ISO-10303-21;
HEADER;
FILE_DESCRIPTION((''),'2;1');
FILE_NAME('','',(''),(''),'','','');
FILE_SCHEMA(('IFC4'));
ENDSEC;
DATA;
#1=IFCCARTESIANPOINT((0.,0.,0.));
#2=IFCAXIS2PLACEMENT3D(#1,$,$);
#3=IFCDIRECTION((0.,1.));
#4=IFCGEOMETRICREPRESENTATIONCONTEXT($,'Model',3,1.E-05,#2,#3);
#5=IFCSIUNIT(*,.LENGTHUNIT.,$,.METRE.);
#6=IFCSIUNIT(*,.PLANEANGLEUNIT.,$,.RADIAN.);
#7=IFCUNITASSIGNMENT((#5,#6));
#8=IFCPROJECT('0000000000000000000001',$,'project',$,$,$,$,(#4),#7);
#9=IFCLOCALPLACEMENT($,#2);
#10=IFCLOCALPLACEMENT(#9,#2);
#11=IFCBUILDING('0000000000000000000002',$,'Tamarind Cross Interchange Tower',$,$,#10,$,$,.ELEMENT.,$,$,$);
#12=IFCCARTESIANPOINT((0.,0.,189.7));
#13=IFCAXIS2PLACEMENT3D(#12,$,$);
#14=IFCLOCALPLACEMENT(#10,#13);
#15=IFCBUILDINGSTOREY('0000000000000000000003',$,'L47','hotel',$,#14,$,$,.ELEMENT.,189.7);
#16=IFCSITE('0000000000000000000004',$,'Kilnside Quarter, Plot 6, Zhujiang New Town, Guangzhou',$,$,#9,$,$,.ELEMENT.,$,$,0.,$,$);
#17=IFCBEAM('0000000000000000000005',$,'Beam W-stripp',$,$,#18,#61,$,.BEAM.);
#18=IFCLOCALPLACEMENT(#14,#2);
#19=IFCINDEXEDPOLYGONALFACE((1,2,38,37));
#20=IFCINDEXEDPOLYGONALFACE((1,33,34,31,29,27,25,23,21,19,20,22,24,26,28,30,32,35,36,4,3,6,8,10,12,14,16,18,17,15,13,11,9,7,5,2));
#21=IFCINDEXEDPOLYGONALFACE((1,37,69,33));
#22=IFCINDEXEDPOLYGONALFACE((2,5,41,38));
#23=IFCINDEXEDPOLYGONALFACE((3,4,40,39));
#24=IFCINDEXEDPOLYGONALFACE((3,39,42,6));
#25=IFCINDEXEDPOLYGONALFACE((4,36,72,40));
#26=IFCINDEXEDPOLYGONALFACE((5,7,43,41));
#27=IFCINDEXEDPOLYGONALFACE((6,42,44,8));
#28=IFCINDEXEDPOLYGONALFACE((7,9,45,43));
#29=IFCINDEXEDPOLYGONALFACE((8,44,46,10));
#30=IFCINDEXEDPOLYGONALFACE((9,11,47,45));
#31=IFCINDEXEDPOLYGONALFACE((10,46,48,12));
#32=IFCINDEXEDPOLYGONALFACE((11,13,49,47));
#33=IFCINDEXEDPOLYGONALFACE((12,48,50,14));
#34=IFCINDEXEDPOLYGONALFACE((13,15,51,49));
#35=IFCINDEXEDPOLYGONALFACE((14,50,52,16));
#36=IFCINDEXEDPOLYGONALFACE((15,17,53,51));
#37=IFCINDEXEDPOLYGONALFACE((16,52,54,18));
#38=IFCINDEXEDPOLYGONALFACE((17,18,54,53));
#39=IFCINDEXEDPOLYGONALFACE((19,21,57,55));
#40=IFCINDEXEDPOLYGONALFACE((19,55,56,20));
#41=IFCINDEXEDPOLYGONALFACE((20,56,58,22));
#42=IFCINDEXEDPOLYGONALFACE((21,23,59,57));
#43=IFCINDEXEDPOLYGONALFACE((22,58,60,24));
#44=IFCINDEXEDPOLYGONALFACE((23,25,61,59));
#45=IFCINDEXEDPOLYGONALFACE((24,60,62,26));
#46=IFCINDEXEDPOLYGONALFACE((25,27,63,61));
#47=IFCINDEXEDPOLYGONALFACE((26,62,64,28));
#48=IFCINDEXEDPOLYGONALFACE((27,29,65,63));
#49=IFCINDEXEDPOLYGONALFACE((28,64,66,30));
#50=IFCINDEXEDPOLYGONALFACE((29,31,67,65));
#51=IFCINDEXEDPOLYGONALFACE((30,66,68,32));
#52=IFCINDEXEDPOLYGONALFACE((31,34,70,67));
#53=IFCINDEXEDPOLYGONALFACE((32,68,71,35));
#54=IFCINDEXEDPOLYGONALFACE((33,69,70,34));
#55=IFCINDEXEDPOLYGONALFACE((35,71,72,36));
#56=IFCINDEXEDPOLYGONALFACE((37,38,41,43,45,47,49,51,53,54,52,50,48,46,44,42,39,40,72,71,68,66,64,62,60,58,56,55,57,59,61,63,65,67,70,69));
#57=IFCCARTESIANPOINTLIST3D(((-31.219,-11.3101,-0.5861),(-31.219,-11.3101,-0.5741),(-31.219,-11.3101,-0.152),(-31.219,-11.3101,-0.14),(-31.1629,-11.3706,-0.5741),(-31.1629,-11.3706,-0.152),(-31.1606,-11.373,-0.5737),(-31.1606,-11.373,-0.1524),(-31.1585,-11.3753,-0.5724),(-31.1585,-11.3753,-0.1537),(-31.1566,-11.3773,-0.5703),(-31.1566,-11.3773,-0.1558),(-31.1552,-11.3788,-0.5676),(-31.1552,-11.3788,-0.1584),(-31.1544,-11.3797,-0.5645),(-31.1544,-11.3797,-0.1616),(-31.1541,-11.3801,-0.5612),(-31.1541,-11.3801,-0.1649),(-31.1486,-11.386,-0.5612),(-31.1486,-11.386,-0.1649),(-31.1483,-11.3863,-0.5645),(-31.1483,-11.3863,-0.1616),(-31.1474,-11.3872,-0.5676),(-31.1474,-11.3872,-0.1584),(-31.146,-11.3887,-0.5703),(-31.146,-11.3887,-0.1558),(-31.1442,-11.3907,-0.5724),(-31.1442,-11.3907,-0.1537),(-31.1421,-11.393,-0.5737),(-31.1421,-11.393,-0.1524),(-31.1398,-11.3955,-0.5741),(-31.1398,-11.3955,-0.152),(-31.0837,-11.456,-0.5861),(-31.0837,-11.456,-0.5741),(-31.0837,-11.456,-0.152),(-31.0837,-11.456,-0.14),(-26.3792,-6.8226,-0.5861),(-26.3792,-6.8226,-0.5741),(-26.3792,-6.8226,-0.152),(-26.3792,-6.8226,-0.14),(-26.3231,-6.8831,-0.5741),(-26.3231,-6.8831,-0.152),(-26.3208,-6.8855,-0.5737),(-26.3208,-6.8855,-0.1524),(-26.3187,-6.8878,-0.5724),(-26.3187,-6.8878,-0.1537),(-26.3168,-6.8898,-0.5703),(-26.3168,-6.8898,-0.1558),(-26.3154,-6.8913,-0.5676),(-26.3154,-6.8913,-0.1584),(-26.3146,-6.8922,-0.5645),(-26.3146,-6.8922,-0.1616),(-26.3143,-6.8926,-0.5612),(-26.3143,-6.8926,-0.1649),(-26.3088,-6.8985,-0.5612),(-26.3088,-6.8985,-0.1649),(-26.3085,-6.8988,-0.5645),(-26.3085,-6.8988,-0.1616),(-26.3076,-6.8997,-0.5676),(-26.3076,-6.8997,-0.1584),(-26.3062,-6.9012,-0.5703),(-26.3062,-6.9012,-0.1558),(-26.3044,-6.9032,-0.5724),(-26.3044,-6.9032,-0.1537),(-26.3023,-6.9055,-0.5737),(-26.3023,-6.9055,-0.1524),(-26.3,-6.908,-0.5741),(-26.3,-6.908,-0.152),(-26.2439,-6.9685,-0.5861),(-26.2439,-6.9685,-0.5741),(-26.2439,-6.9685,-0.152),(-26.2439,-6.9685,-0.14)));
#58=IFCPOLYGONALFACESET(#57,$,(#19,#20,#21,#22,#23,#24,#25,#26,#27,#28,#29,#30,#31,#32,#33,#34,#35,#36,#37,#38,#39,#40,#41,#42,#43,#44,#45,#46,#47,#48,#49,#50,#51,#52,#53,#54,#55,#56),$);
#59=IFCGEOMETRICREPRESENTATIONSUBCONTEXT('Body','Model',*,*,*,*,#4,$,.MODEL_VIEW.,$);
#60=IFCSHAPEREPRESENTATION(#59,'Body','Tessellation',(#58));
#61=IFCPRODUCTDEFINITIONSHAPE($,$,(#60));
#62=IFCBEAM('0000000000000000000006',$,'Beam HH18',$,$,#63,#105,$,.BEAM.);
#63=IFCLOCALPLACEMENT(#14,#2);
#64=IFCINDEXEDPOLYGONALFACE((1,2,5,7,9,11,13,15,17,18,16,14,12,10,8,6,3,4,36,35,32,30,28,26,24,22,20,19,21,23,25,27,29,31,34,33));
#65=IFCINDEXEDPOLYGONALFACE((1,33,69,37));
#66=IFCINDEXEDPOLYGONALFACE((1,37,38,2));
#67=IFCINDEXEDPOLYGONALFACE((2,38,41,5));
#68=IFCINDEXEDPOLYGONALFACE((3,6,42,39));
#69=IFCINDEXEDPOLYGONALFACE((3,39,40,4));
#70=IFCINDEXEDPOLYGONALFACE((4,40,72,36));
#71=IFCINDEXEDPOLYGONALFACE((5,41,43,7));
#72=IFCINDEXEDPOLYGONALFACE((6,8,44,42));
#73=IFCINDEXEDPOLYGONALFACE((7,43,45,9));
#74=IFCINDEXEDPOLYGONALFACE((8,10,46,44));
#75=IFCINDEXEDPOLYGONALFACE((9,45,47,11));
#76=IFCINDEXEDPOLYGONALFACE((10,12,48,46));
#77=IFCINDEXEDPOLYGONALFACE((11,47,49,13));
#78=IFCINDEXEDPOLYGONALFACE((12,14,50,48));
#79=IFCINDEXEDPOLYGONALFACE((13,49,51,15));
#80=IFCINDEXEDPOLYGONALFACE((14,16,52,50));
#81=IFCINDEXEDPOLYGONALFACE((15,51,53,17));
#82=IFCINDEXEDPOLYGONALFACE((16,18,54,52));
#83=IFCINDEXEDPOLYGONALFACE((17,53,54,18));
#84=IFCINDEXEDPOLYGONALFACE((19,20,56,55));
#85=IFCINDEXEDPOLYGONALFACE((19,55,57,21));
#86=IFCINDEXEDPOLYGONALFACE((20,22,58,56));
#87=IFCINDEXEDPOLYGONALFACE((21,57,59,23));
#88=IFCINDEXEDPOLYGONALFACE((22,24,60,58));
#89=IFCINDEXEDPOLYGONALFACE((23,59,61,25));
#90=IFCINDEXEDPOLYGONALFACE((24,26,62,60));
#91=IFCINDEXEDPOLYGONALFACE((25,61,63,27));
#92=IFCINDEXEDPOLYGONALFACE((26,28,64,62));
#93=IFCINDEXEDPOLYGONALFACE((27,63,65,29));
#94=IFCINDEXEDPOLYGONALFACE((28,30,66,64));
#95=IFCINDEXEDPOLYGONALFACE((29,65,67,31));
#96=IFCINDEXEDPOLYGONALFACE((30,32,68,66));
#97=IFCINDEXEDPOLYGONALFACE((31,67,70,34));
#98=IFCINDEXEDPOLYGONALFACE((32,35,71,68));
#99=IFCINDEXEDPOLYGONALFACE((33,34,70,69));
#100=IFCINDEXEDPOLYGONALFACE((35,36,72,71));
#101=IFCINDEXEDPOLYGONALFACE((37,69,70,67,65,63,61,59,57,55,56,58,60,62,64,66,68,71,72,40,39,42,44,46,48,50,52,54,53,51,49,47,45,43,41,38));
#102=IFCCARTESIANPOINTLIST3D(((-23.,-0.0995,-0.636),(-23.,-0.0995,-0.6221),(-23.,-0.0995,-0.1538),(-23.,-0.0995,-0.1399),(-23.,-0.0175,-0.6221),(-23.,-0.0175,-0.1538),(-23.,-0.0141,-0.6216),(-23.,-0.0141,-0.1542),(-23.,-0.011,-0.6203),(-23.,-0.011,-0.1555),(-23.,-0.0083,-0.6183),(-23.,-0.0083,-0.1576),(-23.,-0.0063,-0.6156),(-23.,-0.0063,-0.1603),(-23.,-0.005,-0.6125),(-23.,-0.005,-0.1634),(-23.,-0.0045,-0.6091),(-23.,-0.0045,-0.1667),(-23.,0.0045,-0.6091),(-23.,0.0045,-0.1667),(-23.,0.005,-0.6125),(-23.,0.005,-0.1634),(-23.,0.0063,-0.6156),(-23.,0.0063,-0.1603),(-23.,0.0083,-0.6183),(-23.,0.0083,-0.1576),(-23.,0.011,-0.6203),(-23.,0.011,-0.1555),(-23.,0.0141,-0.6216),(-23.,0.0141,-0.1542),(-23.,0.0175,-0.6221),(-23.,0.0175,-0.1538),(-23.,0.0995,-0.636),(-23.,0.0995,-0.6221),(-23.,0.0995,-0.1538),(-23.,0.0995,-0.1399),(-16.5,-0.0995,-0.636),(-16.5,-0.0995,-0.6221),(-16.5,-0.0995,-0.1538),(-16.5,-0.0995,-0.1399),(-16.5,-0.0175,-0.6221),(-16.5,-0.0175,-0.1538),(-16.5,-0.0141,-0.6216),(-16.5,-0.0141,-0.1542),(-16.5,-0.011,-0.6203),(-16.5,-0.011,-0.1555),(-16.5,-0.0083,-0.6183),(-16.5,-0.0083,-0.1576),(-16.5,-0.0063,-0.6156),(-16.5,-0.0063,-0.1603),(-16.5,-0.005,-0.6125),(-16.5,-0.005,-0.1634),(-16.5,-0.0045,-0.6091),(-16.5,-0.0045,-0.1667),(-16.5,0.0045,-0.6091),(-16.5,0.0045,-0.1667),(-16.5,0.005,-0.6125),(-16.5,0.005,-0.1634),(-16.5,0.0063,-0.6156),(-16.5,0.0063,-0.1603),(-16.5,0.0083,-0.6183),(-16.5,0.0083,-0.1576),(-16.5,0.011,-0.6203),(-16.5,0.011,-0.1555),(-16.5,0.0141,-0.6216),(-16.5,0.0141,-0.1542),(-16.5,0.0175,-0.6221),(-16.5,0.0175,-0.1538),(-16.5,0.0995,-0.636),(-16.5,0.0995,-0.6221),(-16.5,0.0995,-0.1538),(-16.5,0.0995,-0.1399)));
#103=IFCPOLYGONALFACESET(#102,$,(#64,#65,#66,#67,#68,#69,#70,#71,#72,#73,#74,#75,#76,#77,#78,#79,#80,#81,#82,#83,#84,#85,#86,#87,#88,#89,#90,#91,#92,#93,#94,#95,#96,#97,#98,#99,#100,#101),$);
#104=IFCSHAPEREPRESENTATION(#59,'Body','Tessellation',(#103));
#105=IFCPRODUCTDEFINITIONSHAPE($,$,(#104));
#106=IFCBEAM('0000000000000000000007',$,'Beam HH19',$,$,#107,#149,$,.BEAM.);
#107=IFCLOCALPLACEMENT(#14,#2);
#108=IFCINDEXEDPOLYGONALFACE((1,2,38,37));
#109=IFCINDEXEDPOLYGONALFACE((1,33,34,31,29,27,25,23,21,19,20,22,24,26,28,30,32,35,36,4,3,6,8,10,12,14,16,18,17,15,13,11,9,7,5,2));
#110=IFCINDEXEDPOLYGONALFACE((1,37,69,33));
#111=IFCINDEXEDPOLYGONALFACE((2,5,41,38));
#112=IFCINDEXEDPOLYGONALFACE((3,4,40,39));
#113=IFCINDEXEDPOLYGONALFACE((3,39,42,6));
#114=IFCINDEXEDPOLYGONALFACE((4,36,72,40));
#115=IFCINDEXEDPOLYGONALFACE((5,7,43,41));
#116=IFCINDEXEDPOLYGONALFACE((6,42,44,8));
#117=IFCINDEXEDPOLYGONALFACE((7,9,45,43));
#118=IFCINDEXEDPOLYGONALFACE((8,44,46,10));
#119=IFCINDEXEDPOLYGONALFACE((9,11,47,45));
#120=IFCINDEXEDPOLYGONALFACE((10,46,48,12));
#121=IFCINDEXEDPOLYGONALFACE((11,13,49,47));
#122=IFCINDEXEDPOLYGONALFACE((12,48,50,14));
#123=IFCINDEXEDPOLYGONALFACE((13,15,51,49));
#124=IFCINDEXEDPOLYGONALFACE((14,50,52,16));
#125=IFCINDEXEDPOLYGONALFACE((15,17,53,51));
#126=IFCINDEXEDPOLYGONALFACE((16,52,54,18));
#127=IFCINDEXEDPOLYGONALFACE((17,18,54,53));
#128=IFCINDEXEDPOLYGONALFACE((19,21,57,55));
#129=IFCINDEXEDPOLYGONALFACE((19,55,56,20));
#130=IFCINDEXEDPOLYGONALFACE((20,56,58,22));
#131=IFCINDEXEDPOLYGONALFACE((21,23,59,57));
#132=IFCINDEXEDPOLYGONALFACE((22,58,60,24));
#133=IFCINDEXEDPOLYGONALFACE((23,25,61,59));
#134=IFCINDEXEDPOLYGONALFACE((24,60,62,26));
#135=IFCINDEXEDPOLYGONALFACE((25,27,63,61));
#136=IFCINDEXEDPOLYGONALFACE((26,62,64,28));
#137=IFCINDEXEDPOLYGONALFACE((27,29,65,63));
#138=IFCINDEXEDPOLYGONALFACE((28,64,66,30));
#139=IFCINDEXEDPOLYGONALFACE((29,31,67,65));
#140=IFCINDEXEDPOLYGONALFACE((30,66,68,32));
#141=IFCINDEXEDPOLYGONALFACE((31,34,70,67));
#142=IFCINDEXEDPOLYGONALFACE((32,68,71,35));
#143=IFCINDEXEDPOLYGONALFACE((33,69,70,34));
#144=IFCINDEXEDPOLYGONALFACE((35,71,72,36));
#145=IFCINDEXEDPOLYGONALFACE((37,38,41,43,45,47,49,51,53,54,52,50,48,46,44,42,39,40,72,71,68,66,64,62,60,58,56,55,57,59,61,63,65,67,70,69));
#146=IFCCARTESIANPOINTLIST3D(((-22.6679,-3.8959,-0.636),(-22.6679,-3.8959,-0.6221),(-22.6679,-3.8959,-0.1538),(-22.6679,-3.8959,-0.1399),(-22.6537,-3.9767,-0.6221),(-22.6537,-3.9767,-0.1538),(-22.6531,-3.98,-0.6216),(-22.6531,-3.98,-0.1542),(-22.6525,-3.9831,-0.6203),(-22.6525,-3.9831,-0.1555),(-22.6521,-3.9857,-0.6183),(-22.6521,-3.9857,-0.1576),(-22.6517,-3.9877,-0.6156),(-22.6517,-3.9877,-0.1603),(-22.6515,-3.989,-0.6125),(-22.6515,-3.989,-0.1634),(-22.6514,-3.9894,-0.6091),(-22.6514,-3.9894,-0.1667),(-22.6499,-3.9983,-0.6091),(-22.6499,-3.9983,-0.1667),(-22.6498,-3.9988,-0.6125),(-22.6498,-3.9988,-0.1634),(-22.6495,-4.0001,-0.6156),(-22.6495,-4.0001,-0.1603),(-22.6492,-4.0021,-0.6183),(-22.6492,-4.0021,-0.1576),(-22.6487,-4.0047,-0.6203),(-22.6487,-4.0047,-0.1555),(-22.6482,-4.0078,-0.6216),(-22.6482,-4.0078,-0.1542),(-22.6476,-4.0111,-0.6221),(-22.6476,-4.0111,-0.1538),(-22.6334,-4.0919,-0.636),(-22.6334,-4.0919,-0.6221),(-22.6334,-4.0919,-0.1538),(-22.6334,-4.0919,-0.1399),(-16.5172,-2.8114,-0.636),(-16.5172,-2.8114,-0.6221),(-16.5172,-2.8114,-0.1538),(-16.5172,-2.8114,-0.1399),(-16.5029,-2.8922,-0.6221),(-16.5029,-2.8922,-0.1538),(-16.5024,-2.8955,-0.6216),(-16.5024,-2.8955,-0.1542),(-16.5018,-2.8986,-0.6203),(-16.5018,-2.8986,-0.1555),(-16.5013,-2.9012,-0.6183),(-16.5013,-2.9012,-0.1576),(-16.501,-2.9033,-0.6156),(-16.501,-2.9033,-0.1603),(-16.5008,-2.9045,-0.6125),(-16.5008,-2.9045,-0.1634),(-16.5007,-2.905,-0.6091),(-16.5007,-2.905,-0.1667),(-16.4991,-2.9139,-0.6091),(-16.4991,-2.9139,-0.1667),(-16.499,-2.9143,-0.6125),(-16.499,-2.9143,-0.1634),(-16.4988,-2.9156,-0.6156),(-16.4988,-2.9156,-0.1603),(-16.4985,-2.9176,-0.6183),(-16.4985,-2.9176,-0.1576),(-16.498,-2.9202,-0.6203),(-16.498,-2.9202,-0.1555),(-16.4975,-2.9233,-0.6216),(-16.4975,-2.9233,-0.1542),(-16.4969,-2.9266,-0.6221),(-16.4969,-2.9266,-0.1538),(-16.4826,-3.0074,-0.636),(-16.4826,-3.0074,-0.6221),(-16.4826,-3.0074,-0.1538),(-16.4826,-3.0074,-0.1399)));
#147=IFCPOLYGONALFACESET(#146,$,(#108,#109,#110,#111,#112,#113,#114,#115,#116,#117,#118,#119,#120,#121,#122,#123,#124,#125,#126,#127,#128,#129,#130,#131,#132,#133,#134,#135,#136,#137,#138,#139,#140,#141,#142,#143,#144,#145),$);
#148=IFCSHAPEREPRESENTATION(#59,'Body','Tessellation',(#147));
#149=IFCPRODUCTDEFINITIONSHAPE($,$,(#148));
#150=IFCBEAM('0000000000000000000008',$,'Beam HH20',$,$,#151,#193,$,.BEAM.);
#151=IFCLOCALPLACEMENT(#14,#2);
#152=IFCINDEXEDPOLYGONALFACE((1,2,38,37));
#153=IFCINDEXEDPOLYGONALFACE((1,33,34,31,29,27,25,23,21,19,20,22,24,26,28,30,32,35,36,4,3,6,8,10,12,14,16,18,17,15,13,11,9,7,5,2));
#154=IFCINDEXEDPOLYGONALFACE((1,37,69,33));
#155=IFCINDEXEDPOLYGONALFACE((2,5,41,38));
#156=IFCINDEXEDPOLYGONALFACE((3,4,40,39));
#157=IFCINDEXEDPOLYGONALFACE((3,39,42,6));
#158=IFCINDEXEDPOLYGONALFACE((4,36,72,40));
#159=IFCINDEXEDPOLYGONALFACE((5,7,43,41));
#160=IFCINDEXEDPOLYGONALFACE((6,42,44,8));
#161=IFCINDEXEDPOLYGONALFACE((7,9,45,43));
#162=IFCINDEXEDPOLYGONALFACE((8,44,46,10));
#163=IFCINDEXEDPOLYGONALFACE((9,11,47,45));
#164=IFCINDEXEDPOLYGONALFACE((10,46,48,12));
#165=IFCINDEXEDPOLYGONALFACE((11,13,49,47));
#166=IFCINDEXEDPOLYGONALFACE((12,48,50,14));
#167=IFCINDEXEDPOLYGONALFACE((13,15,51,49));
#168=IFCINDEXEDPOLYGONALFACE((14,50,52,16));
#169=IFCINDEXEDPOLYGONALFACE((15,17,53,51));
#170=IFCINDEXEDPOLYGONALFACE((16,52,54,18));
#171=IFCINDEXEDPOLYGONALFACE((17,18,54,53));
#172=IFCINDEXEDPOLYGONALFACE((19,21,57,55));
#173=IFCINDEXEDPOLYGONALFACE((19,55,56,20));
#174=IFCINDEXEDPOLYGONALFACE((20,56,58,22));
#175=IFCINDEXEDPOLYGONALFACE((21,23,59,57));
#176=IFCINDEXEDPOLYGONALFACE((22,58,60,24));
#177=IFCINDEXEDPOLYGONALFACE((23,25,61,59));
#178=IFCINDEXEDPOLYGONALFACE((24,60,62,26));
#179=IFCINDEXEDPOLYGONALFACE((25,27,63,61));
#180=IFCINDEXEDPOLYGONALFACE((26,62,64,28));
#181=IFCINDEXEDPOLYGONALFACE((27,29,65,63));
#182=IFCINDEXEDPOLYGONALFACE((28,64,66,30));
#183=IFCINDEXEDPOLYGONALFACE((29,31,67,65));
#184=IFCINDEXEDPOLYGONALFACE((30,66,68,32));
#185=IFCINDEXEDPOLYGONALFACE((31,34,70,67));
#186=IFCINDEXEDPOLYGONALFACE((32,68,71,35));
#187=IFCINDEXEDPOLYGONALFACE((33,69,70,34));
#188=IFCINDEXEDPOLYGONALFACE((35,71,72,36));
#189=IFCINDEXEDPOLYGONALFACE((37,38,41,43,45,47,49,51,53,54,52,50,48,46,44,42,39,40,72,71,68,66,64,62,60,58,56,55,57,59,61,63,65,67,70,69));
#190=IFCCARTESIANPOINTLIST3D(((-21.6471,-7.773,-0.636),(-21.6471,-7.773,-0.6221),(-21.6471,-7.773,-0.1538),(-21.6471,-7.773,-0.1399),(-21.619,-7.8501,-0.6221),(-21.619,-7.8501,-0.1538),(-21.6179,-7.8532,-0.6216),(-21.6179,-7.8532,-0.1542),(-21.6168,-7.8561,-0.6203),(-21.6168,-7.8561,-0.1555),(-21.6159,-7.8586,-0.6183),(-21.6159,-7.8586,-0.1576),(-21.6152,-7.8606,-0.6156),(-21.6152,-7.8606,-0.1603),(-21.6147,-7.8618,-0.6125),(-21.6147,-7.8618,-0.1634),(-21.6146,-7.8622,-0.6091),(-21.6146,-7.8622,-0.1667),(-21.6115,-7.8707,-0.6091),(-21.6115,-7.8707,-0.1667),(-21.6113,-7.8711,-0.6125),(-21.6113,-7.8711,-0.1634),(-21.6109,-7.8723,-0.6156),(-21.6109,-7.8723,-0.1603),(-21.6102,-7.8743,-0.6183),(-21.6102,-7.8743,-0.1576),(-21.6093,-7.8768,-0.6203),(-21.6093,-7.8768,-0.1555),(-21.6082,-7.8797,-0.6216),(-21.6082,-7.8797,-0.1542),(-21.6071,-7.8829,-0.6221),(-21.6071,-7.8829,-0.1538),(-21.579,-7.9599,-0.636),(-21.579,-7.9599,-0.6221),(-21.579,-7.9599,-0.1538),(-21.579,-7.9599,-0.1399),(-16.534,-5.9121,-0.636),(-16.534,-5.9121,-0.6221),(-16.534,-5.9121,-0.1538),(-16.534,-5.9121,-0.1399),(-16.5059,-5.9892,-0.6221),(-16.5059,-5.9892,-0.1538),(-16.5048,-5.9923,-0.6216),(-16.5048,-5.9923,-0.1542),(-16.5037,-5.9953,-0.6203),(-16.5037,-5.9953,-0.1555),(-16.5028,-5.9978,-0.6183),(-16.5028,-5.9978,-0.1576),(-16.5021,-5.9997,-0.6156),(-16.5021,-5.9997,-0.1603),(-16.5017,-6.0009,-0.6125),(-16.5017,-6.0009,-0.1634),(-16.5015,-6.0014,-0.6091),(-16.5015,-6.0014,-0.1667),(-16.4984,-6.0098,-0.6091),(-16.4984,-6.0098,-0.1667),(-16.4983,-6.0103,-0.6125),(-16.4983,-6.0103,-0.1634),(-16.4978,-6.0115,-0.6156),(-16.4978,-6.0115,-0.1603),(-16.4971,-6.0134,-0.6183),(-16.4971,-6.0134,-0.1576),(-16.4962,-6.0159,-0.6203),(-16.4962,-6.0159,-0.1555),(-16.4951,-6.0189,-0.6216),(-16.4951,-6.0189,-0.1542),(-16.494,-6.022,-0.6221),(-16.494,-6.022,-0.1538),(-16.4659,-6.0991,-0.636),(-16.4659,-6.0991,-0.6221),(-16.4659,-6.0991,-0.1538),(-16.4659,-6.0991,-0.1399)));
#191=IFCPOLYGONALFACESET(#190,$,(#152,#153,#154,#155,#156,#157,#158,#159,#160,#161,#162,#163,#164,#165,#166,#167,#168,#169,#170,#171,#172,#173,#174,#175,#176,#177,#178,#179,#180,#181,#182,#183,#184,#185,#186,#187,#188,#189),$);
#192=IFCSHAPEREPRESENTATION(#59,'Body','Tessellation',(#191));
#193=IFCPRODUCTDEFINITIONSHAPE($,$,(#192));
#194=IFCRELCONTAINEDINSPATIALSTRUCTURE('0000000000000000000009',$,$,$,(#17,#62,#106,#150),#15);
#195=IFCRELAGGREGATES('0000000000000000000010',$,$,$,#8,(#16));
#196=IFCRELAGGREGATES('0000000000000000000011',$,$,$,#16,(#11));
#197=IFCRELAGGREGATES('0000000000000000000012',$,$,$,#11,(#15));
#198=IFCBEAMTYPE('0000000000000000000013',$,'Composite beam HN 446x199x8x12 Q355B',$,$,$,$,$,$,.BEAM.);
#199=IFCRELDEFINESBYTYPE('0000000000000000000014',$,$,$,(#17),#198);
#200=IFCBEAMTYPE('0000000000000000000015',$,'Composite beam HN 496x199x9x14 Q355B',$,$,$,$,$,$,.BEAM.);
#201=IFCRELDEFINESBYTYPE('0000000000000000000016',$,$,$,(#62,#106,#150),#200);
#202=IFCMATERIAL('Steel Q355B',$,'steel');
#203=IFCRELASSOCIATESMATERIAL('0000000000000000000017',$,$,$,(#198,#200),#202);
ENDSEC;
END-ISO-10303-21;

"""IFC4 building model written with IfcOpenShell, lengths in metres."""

from ifc_helpers import new_model, si_unit, direction, frame, origin, origin_2d, place, context, subcontext, project, spatial, i_section, extrude, material, material_profile, profile_set, type_object, element, save


model = new_model("IFC4")

# Units and contexts
model_context = context("Model", 3, precision=1e-05, world=origin(), true_north=direction((0.0, 1.0)))
body_context = subcontext(model_context, "Body", "Model", "MODEL_VIEW")
ifc_project = project(units=[si_unit("LENGTHUNIT", "METRE"), si_unit("PLANEANGLEUNIT", "RADIAN")], contexts=[model_context])

# Site, building, storey
site_placement = place(None, origin())
site = spatial("IfcSite", under=ifc_project, at=site_placement, Name="Kilnside Quarter, Plot 6, Zhujiang New Town, Guangzhou", CompositionType="ELEMENT", RefElevation=0.0)
building_placement = place(site_placement, origin())
building = spatial("IfcBuilding", under=site, at=building_placement, Name="Tamarind Cross Interchange Tower", CompositionType="ELEMENT")
storey_placement = place(building_placement, frame((0.0, 0.0, 189.7)))
storey = spatial("IfcBuildingStorey", under=building, at=storey_placement, Name="L47", Description="hotel", CompositionType="ELEMENT", Elevation=189.7)

# Beams
ifc_material_1 = material(Name="Steel Q355B", Category="steel")
ifc_material_profile_1 = material_profile(ifc_material_1, i_section(OverallWidth=0.199, OverallDepth=0.446, WebThickness=0.0081, FlangeThickness=0.012, FilletRadius=0.0129, at=origin_2d()), Name="HN 446x199x8x12")
ifc_profile_set_1 = profile_set([ifc_material_profile_1], Name="Steel Q355B")
beam_type_1 = type_object("IfcBeamType", Name="Composite beam HN 446x199x8x12 Q355B", PredefinedType="BEAM", material=ifc_profile_set_1)
for number, where, z_axis, x_axis, name in (
    (1, (-26.3115, -6.8955, -0.363), (-0.733291, -0.679915, 0.0), (0.679915, -0.733291, 0.0), "Beam W-stripp"),
):
    element("IfcBeam", number, at=place(storey_placement, frame(where, z_axis=z_axis, x_axis=x_axis)), inside=storey, type_object=beam_type_1, Name=name, PredefinedType="BEAM", context=body_context, shape_type="SweptSolid", body=[
        extrude(i_section(OverallWidth=0.199, OverallDepth=0.446, WebThickness=0.0081, FlangeThickness=0.012, FilletRadius=0.0129, at=origin_2d()), origin(), (0.0, 0.0, 1.0), 6.6001),
    ])
ifc_material_profile_2 = material_profile(ifc_material_1, i_section(OverallWidth=0.199, OverallDepth=0.4961, WebThickness=0.009, FlangeThickness=0.0139, FilletRadius=0.0129, at=origin_2d()), Name="HN 496x199x9x14")
ifc_profile_set_2 = profile_set([ifc_material_profile_2], Name="Steel Q355B")
beam_type_2 = type_object("IfcBeamType", Name="Composite beam HN 496x199x9x14 Q355B", PredefinedType="BEAM", material=ifc_profile_set_2)
beam_1_placement = place(storey_placement, frame((-23.0, 0.0, -0.3879), z_axis=(1.0, 0.0, 0.0), x_axis=(0.0, 1.0, 0.0)))
element("IfcBeam", 2, at=beam_1_placement, inside=storey, type_object=beam_type_2, Name="Beam HH18", PredefinedType="BEAM", context=body_context, shape_type="SweptSolid", body=[
    extrude(i_section(OverallWidth=0.199, OverallDepth=0.4961, WebThickness=0.009, FlangeThickness=0.0139, FilletRadius=0.0129, at=origin_2d()), origin(), (0.0, 0.0, 1.0), 6.5),
])
beam_2_placement = place(storey_placement, frame((-22.6506, -3.9939, -0.3879), z_axis=(0.984809, 0.17364, 0.0), x_axis=(-0.17364, 0.984809, 0.0)))
element("IfcBeam", 3, at=beam_2_placement, inside=storey, type_object=beam_type_2, Name="Beam HH19", PredefinedType="BEAM", context=body_context, shape_type="SweptSolid", body=[
    extrude(i_section(OverallWidth=0.199, OverallDepth=0.4961, WebThickness=0.009, FlangeThickness=0.0139, FilletRadius=0.0129, at=origin_2d()), origin(), (0.0, 0.0, 1.0), 6.2456),
])
beam_3_placement = place(storey_placement, frame((-21.613, -7.8665, -0.3879), z_axis=(0.939702, 0.341995, 0.0), x_axis=(-0.341995, 0.939702, 0.0)))
element("IfcBeam", 4, at=beam_3_placement, inside=storey, type_object=beam_type_2, Name="Beam HH20", PredefinedType="BEAM", context=body_context, shape_type="SweptSolid", body=[
    extrude(i_section(OverallWidth=0.199, OverallDepth=0.4961, WebThickness=0.009, FlangeThickness=0.0139, FilletRadius=0.0129, at=origin_2d()), origin(), (0.0, 0.0, 1.0), 5.4412),
])

save(model, "model.ifc")
